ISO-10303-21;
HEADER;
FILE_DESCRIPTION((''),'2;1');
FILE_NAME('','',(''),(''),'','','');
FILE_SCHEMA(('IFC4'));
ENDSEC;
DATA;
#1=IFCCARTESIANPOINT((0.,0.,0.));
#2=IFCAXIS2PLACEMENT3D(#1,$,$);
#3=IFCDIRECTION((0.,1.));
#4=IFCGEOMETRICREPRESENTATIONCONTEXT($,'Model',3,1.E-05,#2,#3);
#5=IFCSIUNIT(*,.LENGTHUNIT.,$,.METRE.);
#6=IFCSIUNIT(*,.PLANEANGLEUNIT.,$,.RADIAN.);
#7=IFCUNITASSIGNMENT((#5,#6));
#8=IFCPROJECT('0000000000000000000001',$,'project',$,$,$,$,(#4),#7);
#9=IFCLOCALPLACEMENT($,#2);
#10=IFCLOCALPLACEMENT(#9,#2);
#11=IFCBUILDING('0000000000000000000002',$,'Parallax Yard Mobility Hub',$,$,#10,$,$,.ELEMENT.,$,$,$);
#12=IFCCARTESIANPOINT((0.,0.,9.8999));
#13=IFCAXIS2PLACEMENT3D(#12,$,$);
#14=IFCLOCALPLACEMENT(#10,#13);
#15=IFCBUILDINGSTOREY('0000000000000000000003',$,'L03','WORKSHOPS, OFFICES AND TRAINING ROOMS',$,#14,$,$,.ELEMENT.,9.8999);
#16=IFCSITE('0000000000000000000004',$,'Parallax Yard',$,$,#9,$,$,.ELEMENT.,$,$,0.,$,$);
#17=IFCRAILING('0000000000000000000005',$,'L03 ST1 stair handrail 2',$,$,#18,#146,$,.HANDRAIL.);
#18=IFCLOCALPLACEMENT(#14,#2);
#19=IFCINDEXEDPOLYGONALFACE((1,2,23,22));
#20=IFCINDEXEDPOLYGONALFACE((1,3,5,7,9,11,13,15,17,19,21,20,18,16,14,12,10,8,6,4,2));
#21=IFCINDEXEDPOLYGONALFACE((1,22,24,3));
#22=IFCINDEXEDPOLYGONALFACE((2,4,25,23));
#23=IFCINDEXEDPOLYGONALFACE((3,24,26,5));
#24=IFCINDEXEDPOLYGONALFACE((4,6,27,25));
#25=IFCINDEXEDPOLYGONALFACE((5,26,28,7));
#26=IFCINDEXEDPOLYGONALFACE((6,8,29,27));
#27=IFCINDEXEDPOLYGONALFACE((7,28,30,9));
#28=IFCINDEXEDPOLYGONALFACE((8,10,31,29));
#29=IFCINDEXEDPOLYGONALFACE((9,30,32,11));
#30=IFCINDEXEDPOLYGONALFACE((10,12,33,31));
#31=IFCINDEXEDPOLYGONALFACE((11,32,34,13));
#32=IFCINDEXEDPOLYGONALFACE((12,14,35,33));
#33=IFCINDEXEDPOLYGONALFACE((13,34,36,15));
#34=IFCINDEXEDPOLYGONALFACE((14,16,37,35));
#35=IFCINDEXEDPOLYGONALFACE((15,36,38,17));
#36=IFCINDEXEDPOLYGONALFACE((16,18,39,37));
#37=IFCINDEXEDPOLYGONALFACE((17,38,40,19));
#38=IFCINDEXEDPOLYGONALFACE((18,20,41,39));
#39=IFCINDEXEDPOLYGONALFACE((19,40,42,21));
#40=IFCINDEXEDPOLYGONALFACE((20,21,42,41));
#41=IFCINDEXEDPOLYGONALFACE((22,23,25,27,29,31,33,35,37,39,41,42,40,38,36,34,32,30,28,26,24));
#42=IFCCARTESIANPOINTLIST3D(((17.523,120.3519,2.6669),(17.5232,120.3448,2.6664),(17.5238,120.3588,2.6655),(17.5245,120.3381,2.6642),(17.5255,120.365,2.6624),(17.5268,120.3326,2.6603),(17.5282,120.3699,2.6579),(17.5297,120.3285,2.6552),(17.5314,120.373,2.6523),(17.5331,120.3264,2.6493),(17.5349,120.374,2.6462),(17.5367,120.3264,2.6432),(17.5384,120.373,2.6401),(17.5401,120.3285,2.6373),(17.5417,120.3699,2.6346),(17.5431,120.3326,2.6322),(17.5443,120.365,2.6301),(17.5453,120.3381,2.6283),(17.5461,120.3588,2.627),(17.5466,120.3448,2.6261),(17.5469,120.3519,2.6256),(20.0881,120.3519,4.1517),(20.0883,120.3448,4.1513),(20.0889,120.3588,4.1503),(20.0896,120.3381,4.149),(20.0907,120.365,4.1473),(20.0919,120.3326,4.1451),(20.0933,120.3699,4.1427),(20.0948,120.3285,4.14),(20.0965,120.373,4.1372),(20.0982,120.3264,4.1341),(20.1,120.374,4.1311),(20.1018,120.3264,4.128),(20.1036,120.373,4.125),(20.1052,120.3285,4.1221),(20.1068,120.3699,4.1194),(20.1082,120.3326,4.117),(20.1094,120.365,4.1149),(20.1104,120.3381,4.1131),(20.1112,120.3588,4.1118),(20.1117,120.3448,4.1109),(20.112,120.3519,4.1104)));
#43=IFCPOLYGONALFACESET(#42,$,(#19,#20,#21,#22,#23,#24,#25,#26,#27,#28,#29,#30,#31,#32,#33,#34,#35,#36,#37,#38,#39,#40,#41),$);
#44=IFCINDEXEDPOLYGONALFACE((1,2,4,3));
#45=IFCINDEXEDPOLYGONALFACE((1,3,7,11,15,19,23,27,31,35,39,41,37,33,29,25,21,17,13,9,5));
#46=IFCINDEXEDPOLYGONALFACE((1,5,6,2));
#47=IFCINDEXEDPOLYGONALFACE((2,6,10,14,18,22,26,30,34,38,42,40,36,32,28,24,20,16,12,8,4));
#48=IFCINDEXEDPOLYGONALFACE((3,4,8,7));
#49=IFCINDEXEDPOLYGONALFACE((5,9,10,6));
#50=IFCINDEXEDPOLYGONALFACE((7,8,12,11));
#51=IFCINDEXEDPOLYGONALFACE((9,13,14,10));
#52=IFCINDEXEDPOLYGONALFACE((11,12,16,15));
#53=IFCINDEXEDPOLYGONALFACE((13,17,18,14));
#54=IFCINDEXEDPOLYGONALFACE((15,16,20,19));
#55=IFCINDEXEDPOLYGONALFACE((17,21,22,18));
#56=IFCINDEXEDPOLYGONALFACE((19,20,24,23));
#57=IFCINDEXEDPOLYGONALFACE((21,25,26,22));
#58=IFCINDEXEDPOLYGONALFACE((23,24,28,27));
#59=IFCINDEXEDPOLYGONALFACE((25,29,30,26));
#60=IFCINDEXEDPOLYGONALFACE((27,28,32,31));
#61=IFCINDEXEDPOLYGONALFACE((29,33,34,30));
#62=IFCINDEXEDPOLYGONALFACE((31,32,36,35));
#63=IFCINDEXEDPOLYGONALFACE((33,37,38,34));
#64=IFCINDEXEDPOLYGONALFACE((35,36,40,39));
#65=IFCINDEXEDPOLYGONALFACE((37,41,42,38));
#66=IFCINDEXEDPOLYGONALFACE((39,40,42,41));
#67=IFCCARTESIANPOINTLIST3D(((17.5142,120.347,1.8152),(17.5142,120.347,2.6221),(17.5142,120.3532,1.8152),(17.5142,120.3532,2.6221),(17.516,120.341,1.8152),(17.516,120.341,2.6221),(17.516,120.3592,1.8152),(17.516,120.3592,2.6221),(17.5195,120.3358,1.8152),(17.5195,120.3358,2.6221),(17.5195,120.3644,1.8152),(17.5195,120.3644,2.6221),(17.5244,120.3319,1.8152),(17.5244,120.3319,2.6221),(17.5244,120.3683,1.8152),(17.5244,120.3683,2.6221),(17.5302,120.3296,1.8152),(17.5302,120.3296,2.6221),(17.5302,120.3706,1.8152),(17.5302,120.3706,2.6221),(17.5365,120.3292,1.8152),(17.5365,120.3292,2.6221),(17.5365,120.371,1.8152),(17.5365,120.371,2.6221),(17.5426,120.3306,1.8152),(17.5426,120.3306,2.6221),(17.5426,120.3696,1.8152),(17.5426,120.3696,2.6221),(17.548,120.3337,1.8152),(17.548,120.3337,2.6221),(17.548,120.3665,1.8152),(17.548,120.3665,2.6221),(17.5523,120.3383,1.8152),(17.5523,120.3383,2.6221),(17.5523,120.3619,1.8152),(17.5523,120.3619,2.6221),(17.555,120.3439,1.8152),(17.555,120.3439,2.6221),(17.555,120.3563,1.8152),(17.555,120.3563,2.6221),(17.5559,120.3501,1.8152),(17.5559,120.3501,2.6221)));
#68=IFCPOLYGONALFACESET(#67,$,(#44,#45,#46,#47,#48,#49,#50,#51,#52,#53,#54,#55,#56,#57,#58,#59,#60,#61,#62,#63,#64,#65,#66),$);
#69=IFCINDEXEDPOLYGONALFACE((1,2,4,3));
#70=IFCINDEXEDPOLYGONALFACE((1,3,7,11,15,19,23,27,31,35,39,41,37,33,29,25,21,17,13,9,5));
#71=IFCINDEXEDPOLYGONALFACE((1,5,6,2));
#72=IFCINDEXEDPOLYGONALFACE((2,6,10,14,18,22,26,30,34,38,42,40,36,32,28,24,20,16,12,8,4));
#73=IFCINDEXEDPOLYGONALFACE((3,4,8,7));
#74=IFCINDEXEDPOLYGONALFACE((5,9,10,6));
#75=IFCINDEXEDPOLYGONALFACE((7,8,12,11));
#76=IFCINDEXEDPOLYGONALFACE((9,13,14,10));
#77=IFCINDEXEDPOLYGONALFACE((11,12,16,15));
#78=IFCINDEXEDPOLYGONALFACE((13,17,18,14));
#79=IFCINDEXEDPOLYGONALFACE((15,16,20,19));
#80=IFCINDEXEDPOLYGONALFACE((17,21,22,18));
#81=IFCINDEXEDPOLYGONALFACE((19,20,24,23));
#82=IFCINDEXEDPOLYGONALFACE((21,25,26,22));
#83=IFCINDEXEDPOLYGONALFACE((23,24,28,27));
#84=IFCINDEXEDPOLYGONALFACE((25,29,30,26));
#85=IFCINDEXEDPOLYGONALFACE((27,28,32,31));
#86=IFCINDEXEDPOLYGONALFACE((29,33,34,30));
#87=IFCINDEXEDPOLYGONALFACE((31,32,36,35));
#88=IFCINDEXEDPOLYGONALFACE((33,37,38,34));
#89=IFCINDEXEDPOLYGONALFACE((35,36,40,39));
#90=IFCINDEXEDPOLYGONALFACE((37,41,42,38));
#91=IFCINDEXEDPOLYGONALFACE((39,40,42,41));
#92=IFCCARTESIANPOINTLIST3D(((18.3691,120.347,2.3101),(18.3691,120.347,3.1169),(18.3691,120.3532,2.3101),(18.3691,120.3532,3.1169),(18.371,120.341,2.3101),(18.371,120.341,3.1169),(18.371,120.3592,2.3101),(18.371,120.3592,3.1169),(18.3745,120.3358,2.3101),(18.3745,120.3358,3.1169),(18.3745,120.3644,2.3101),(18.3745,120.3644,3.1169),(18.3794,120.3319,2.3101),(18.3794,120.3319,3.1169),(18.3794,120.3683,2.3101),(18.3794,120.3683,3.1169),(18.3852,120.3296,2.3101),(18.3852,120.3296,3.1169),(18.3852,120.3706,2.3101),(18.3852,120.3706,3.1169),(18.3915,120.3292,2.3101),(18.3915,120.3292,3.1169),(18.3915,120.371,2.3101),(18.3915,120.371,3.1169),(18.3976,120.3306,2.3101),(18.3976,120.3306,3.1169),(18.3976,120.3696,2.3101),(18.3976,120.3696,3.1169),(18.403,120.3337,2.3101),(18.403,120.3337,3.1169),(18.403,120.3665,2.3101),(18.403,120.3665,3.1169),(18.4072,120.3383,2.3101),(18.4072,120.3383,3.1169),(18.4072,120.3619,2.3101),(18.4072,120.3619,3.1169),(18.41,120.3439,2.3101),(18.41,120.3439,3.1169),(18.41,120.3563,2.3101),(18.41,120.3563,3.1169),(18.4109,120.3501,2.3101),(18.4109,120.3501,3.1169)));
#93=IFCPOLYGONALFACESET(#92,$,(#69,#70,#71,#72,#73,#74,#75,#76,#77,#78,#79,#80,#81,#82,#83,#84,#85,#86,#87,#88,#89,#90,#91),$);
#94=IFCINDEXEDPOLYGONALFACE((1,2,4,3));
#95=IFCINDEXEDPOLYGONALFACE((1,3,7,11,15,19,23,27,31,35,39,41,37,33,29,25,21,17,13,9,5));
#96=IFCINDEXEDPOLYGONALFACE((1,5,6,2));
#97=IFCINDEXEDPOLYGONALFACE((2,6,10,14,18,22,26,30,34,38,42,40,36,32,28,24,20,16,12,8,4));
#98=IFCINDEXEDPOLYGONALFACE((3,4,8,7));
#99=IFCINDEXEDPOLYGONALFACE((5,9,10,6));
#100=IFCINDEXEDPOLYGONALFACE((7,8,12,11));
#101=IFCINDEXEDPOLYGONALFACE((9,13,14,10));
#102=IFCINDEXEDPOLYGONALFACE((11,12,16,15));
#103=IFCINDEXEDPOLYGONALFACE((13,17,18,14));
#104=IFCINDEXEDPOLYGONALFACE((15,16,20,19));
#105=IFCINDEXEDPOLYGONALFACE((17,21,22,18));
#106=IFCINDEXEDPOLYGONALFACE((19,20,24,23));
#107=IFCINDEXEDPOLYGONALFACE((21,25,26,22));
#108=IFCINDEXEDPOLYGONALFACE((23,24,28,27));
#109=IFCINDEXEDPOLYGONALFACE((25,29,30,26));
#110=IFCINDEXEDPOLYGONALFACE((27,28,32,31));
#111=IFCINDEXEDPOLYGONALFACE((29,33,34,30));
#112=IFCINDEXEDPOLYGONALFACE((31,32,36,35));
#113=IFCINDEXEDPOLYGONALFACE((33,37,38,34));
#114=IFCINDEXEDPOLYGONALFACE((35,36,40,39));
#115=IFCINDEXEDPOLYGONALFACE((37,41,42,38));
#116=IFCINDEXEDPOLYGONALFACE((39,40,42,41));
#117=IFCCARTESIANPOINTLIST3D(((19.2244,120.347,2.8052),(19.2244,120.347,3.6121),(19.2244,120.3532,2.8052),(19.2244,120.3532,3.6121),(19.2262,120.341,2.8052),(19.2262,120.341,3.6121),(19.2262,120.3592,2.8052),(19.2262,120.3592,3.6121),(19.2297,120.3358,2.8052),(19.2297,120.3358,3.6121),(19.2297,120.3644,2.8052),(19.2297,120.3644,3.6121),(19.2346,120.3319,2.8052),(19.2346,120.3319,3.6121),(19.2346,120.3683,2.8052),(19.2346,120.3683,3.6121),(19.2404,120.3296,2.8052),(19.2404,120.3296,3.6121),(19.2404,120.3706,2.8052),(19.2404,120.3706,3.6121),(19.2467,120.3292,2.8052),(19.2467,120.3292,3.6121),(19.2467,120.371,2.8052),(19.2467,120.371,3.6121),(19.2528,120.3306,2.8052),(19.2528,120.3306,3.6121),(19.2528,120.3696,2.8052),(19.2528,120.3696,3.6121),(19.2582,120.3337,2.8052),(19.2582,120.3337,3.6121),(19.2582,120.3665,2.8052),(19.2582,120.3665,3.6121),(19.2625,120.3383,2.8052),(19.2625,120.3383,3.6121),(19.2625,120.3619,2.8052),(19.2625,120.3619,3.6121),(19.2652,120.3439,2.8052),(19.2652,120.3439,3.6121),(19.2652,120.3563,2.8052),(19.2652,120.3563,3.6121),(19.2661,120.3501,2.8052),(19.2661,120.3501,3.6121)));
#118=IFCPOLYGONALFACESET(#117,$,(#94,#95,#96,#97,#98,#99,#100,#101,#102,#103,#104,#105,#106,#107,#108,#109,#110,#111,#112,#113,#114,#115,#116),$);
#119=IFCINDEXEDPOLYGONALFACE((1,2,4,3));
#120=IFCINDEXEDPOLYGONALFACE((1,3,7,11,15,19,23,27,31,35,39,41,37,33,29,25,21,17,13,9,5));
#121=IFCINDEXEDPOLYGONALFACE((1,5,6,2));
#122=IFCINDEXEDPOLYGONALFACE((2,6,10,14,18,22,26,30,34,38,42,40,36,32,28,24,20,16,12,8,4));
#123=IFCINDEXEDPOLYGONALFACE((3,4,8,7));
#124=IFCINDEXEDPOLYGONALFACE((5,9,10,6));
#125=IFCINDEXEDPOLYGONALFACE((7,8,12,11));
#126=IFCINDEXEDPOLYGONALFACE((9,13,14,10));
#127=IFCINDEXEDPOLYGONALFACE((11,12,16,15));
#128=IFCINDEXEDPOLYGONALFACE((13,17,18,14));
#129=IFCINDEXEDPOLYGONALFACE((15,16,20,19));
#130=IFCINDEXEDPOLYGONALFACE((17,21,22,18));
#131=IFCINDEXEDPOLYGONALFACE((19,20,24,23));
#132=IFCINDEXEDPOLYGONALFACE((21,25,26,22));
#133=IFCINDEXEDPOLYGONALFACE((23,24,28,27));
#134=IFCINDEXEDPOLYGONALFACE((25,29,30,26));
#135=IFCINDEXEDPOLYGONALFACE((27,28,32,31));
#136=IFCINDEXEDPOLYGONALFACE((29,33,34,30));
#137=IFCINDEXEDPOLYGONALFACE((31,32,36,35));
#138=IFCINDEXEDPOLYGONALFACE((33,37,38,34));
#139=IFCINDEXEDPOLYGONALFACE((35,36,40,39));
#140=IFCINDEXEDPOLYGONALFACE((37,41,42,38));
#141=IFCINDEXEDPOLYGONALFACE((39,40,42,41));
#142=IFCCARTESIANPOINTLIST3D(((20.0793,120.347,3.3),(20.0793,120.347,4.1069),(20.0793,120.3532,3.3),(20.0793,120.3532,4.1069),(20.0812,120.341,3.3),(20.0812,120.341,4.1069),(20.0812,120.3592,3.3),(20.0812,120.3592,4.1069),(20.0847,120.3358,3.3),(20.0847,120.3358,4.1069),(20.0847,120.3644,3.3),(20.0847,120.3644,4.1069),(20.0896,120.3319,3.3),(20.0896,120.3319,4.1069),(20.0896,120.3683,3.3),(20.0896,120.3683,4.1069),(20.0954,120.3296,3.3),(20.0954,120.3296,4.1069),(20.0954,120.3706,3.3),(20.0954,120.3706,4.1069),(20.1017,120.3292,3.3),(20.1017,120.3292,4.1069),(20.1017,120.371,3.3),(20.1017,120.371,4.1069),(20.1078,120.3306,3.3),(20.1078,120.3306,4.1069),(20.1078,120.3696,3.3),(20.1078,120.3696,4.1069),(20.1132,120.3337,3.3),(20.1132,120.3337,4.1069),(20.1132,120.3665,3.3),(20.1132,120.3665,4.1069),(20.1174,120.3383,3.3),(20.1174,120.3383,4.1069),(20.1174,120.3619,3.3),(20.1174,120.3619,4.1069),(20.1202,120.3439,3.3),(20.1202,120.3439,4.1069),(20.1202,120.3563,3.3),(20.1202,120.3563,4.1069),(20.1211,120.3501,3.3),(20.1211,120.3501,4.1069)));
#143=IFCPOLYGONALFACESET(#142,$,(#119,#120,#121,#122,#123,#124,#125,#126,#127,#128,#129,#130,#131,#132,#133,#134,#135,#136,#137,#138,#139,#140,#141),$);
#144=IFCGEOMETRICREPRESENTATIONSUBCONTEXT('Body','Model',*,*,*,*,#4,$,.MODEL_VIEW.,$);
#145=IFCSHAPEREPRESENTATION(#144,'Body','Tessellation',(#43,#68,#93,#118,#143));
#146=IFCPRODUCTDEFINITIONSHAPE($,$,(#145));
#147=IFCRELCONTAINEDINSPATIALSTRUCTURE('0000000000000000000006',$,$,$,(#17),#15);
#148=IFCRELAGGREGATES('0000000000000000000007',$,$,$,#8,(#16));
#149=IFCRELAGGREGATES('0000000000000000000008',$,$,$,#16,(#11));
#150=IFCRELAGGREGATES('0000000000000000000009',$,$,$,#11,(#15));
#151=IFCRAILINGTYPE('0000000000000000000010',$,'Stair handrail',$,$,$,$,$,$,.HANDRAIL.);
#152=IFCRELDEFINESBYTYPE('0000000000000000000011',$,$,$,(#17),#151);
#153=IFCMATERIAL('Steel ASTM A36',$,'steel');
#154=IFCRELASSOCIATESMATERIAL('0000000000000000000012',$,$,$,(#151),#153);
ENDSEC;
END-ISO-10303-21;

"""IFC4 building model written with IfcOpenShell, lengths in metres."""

from ifc_helpers import new_model, si_unit, direction, frame, origin, origin_2d, place, context, subcontext, project, spatial, circle, extrude, material, type_object, element, save


model = new_model("IFC4")

# Units and contexts
model_context = context("Model", 3, precision=1e-05, world=origin(), true_north=direction((0.0, 1.0)))
body_context = subcontext(model_context, "Body", "Model", "MODEL_VIEW")
ifc_project = project(units=[si_unit("LENGTHUNIT", "METRE"), si_unit("PLANEANGLEUNIT", "RADIAN")], contexts=[model_context])

# Site, building, storey
site_placement = place(None, origin())
site = spatial("IfcSite", under=ifc_project, at=site_placement, Name="Parallax Yard", CompositionType="ELEMENT", RefElevation=0.0)
building_placement = place(site_placement, origin())
building = spatial("IfcBuilding", under=site, at=building_placement, Name="Parallax Yard Mobility Hub", CompositionType="ELEMENT")
storey_placement = place(building_placement, frame((0.0, 0.0, 9.8999)))
storey = spatial("IfcBuildingStorey", under=building, at=storey_placement, Name="L03", Description="WORKSHOPS, OFFICES AND TRAINING ROOMS", CompositionType="ELEMENT", Elevation=9.8999)

# Railing
ifc_material_1 = material(Name="Steel ASTM A36", Category="steel")
railing_type_1 = type_object("IfcRailingType", Name="Stair handrail", PredefinedType="HANDRAIL", material=ifc_material_1)
railing_1_placement = place(storey_placement, frame((17.5349, 120.3501, 1.8152)))
element("IfcRailing", 1, at=railing_1_placement, inside=storey, type_object=railing_type_1, Name="L03 ST1 stair handrail 2", PredefinedType="HANDRAIL", context=body_context, shape_type="SweptSolid", body=[
    extrude(circle(Radius=0.0239, at=origin_2d()), frame((0.0, 0.0, 0.8311), z_axis=(0.865462, 0.0, 0.500975), x_axis=(0.0, 1.0, 0.0)), (0.0, 0.0, 1.0), 2.9639),
    extrude(circle(Radius=0.021, at=origin_2d()), origin(), (0.0, 0.0, 1.0), 0.8069),
    extrude(circle(Radius=0.021, at=origin_2d()), frame((0.855, 0.0, 0.4949)), (0.0, 0.0, 1.0), 0.8069),
    extrude(circle(Radius=0.021, at=origin_2d()), frame((1.7102, 0.0, 0.99)), (0.0, 0.0, 1.0), 0.8069),
    extrude(circle(Radius=0.021, at=origin_2d()), frame((2.5652, 0.0, 1.4849)), (0.0, 0.0, 1.0), 0.8069),
])

save(model, "model.ifc")
